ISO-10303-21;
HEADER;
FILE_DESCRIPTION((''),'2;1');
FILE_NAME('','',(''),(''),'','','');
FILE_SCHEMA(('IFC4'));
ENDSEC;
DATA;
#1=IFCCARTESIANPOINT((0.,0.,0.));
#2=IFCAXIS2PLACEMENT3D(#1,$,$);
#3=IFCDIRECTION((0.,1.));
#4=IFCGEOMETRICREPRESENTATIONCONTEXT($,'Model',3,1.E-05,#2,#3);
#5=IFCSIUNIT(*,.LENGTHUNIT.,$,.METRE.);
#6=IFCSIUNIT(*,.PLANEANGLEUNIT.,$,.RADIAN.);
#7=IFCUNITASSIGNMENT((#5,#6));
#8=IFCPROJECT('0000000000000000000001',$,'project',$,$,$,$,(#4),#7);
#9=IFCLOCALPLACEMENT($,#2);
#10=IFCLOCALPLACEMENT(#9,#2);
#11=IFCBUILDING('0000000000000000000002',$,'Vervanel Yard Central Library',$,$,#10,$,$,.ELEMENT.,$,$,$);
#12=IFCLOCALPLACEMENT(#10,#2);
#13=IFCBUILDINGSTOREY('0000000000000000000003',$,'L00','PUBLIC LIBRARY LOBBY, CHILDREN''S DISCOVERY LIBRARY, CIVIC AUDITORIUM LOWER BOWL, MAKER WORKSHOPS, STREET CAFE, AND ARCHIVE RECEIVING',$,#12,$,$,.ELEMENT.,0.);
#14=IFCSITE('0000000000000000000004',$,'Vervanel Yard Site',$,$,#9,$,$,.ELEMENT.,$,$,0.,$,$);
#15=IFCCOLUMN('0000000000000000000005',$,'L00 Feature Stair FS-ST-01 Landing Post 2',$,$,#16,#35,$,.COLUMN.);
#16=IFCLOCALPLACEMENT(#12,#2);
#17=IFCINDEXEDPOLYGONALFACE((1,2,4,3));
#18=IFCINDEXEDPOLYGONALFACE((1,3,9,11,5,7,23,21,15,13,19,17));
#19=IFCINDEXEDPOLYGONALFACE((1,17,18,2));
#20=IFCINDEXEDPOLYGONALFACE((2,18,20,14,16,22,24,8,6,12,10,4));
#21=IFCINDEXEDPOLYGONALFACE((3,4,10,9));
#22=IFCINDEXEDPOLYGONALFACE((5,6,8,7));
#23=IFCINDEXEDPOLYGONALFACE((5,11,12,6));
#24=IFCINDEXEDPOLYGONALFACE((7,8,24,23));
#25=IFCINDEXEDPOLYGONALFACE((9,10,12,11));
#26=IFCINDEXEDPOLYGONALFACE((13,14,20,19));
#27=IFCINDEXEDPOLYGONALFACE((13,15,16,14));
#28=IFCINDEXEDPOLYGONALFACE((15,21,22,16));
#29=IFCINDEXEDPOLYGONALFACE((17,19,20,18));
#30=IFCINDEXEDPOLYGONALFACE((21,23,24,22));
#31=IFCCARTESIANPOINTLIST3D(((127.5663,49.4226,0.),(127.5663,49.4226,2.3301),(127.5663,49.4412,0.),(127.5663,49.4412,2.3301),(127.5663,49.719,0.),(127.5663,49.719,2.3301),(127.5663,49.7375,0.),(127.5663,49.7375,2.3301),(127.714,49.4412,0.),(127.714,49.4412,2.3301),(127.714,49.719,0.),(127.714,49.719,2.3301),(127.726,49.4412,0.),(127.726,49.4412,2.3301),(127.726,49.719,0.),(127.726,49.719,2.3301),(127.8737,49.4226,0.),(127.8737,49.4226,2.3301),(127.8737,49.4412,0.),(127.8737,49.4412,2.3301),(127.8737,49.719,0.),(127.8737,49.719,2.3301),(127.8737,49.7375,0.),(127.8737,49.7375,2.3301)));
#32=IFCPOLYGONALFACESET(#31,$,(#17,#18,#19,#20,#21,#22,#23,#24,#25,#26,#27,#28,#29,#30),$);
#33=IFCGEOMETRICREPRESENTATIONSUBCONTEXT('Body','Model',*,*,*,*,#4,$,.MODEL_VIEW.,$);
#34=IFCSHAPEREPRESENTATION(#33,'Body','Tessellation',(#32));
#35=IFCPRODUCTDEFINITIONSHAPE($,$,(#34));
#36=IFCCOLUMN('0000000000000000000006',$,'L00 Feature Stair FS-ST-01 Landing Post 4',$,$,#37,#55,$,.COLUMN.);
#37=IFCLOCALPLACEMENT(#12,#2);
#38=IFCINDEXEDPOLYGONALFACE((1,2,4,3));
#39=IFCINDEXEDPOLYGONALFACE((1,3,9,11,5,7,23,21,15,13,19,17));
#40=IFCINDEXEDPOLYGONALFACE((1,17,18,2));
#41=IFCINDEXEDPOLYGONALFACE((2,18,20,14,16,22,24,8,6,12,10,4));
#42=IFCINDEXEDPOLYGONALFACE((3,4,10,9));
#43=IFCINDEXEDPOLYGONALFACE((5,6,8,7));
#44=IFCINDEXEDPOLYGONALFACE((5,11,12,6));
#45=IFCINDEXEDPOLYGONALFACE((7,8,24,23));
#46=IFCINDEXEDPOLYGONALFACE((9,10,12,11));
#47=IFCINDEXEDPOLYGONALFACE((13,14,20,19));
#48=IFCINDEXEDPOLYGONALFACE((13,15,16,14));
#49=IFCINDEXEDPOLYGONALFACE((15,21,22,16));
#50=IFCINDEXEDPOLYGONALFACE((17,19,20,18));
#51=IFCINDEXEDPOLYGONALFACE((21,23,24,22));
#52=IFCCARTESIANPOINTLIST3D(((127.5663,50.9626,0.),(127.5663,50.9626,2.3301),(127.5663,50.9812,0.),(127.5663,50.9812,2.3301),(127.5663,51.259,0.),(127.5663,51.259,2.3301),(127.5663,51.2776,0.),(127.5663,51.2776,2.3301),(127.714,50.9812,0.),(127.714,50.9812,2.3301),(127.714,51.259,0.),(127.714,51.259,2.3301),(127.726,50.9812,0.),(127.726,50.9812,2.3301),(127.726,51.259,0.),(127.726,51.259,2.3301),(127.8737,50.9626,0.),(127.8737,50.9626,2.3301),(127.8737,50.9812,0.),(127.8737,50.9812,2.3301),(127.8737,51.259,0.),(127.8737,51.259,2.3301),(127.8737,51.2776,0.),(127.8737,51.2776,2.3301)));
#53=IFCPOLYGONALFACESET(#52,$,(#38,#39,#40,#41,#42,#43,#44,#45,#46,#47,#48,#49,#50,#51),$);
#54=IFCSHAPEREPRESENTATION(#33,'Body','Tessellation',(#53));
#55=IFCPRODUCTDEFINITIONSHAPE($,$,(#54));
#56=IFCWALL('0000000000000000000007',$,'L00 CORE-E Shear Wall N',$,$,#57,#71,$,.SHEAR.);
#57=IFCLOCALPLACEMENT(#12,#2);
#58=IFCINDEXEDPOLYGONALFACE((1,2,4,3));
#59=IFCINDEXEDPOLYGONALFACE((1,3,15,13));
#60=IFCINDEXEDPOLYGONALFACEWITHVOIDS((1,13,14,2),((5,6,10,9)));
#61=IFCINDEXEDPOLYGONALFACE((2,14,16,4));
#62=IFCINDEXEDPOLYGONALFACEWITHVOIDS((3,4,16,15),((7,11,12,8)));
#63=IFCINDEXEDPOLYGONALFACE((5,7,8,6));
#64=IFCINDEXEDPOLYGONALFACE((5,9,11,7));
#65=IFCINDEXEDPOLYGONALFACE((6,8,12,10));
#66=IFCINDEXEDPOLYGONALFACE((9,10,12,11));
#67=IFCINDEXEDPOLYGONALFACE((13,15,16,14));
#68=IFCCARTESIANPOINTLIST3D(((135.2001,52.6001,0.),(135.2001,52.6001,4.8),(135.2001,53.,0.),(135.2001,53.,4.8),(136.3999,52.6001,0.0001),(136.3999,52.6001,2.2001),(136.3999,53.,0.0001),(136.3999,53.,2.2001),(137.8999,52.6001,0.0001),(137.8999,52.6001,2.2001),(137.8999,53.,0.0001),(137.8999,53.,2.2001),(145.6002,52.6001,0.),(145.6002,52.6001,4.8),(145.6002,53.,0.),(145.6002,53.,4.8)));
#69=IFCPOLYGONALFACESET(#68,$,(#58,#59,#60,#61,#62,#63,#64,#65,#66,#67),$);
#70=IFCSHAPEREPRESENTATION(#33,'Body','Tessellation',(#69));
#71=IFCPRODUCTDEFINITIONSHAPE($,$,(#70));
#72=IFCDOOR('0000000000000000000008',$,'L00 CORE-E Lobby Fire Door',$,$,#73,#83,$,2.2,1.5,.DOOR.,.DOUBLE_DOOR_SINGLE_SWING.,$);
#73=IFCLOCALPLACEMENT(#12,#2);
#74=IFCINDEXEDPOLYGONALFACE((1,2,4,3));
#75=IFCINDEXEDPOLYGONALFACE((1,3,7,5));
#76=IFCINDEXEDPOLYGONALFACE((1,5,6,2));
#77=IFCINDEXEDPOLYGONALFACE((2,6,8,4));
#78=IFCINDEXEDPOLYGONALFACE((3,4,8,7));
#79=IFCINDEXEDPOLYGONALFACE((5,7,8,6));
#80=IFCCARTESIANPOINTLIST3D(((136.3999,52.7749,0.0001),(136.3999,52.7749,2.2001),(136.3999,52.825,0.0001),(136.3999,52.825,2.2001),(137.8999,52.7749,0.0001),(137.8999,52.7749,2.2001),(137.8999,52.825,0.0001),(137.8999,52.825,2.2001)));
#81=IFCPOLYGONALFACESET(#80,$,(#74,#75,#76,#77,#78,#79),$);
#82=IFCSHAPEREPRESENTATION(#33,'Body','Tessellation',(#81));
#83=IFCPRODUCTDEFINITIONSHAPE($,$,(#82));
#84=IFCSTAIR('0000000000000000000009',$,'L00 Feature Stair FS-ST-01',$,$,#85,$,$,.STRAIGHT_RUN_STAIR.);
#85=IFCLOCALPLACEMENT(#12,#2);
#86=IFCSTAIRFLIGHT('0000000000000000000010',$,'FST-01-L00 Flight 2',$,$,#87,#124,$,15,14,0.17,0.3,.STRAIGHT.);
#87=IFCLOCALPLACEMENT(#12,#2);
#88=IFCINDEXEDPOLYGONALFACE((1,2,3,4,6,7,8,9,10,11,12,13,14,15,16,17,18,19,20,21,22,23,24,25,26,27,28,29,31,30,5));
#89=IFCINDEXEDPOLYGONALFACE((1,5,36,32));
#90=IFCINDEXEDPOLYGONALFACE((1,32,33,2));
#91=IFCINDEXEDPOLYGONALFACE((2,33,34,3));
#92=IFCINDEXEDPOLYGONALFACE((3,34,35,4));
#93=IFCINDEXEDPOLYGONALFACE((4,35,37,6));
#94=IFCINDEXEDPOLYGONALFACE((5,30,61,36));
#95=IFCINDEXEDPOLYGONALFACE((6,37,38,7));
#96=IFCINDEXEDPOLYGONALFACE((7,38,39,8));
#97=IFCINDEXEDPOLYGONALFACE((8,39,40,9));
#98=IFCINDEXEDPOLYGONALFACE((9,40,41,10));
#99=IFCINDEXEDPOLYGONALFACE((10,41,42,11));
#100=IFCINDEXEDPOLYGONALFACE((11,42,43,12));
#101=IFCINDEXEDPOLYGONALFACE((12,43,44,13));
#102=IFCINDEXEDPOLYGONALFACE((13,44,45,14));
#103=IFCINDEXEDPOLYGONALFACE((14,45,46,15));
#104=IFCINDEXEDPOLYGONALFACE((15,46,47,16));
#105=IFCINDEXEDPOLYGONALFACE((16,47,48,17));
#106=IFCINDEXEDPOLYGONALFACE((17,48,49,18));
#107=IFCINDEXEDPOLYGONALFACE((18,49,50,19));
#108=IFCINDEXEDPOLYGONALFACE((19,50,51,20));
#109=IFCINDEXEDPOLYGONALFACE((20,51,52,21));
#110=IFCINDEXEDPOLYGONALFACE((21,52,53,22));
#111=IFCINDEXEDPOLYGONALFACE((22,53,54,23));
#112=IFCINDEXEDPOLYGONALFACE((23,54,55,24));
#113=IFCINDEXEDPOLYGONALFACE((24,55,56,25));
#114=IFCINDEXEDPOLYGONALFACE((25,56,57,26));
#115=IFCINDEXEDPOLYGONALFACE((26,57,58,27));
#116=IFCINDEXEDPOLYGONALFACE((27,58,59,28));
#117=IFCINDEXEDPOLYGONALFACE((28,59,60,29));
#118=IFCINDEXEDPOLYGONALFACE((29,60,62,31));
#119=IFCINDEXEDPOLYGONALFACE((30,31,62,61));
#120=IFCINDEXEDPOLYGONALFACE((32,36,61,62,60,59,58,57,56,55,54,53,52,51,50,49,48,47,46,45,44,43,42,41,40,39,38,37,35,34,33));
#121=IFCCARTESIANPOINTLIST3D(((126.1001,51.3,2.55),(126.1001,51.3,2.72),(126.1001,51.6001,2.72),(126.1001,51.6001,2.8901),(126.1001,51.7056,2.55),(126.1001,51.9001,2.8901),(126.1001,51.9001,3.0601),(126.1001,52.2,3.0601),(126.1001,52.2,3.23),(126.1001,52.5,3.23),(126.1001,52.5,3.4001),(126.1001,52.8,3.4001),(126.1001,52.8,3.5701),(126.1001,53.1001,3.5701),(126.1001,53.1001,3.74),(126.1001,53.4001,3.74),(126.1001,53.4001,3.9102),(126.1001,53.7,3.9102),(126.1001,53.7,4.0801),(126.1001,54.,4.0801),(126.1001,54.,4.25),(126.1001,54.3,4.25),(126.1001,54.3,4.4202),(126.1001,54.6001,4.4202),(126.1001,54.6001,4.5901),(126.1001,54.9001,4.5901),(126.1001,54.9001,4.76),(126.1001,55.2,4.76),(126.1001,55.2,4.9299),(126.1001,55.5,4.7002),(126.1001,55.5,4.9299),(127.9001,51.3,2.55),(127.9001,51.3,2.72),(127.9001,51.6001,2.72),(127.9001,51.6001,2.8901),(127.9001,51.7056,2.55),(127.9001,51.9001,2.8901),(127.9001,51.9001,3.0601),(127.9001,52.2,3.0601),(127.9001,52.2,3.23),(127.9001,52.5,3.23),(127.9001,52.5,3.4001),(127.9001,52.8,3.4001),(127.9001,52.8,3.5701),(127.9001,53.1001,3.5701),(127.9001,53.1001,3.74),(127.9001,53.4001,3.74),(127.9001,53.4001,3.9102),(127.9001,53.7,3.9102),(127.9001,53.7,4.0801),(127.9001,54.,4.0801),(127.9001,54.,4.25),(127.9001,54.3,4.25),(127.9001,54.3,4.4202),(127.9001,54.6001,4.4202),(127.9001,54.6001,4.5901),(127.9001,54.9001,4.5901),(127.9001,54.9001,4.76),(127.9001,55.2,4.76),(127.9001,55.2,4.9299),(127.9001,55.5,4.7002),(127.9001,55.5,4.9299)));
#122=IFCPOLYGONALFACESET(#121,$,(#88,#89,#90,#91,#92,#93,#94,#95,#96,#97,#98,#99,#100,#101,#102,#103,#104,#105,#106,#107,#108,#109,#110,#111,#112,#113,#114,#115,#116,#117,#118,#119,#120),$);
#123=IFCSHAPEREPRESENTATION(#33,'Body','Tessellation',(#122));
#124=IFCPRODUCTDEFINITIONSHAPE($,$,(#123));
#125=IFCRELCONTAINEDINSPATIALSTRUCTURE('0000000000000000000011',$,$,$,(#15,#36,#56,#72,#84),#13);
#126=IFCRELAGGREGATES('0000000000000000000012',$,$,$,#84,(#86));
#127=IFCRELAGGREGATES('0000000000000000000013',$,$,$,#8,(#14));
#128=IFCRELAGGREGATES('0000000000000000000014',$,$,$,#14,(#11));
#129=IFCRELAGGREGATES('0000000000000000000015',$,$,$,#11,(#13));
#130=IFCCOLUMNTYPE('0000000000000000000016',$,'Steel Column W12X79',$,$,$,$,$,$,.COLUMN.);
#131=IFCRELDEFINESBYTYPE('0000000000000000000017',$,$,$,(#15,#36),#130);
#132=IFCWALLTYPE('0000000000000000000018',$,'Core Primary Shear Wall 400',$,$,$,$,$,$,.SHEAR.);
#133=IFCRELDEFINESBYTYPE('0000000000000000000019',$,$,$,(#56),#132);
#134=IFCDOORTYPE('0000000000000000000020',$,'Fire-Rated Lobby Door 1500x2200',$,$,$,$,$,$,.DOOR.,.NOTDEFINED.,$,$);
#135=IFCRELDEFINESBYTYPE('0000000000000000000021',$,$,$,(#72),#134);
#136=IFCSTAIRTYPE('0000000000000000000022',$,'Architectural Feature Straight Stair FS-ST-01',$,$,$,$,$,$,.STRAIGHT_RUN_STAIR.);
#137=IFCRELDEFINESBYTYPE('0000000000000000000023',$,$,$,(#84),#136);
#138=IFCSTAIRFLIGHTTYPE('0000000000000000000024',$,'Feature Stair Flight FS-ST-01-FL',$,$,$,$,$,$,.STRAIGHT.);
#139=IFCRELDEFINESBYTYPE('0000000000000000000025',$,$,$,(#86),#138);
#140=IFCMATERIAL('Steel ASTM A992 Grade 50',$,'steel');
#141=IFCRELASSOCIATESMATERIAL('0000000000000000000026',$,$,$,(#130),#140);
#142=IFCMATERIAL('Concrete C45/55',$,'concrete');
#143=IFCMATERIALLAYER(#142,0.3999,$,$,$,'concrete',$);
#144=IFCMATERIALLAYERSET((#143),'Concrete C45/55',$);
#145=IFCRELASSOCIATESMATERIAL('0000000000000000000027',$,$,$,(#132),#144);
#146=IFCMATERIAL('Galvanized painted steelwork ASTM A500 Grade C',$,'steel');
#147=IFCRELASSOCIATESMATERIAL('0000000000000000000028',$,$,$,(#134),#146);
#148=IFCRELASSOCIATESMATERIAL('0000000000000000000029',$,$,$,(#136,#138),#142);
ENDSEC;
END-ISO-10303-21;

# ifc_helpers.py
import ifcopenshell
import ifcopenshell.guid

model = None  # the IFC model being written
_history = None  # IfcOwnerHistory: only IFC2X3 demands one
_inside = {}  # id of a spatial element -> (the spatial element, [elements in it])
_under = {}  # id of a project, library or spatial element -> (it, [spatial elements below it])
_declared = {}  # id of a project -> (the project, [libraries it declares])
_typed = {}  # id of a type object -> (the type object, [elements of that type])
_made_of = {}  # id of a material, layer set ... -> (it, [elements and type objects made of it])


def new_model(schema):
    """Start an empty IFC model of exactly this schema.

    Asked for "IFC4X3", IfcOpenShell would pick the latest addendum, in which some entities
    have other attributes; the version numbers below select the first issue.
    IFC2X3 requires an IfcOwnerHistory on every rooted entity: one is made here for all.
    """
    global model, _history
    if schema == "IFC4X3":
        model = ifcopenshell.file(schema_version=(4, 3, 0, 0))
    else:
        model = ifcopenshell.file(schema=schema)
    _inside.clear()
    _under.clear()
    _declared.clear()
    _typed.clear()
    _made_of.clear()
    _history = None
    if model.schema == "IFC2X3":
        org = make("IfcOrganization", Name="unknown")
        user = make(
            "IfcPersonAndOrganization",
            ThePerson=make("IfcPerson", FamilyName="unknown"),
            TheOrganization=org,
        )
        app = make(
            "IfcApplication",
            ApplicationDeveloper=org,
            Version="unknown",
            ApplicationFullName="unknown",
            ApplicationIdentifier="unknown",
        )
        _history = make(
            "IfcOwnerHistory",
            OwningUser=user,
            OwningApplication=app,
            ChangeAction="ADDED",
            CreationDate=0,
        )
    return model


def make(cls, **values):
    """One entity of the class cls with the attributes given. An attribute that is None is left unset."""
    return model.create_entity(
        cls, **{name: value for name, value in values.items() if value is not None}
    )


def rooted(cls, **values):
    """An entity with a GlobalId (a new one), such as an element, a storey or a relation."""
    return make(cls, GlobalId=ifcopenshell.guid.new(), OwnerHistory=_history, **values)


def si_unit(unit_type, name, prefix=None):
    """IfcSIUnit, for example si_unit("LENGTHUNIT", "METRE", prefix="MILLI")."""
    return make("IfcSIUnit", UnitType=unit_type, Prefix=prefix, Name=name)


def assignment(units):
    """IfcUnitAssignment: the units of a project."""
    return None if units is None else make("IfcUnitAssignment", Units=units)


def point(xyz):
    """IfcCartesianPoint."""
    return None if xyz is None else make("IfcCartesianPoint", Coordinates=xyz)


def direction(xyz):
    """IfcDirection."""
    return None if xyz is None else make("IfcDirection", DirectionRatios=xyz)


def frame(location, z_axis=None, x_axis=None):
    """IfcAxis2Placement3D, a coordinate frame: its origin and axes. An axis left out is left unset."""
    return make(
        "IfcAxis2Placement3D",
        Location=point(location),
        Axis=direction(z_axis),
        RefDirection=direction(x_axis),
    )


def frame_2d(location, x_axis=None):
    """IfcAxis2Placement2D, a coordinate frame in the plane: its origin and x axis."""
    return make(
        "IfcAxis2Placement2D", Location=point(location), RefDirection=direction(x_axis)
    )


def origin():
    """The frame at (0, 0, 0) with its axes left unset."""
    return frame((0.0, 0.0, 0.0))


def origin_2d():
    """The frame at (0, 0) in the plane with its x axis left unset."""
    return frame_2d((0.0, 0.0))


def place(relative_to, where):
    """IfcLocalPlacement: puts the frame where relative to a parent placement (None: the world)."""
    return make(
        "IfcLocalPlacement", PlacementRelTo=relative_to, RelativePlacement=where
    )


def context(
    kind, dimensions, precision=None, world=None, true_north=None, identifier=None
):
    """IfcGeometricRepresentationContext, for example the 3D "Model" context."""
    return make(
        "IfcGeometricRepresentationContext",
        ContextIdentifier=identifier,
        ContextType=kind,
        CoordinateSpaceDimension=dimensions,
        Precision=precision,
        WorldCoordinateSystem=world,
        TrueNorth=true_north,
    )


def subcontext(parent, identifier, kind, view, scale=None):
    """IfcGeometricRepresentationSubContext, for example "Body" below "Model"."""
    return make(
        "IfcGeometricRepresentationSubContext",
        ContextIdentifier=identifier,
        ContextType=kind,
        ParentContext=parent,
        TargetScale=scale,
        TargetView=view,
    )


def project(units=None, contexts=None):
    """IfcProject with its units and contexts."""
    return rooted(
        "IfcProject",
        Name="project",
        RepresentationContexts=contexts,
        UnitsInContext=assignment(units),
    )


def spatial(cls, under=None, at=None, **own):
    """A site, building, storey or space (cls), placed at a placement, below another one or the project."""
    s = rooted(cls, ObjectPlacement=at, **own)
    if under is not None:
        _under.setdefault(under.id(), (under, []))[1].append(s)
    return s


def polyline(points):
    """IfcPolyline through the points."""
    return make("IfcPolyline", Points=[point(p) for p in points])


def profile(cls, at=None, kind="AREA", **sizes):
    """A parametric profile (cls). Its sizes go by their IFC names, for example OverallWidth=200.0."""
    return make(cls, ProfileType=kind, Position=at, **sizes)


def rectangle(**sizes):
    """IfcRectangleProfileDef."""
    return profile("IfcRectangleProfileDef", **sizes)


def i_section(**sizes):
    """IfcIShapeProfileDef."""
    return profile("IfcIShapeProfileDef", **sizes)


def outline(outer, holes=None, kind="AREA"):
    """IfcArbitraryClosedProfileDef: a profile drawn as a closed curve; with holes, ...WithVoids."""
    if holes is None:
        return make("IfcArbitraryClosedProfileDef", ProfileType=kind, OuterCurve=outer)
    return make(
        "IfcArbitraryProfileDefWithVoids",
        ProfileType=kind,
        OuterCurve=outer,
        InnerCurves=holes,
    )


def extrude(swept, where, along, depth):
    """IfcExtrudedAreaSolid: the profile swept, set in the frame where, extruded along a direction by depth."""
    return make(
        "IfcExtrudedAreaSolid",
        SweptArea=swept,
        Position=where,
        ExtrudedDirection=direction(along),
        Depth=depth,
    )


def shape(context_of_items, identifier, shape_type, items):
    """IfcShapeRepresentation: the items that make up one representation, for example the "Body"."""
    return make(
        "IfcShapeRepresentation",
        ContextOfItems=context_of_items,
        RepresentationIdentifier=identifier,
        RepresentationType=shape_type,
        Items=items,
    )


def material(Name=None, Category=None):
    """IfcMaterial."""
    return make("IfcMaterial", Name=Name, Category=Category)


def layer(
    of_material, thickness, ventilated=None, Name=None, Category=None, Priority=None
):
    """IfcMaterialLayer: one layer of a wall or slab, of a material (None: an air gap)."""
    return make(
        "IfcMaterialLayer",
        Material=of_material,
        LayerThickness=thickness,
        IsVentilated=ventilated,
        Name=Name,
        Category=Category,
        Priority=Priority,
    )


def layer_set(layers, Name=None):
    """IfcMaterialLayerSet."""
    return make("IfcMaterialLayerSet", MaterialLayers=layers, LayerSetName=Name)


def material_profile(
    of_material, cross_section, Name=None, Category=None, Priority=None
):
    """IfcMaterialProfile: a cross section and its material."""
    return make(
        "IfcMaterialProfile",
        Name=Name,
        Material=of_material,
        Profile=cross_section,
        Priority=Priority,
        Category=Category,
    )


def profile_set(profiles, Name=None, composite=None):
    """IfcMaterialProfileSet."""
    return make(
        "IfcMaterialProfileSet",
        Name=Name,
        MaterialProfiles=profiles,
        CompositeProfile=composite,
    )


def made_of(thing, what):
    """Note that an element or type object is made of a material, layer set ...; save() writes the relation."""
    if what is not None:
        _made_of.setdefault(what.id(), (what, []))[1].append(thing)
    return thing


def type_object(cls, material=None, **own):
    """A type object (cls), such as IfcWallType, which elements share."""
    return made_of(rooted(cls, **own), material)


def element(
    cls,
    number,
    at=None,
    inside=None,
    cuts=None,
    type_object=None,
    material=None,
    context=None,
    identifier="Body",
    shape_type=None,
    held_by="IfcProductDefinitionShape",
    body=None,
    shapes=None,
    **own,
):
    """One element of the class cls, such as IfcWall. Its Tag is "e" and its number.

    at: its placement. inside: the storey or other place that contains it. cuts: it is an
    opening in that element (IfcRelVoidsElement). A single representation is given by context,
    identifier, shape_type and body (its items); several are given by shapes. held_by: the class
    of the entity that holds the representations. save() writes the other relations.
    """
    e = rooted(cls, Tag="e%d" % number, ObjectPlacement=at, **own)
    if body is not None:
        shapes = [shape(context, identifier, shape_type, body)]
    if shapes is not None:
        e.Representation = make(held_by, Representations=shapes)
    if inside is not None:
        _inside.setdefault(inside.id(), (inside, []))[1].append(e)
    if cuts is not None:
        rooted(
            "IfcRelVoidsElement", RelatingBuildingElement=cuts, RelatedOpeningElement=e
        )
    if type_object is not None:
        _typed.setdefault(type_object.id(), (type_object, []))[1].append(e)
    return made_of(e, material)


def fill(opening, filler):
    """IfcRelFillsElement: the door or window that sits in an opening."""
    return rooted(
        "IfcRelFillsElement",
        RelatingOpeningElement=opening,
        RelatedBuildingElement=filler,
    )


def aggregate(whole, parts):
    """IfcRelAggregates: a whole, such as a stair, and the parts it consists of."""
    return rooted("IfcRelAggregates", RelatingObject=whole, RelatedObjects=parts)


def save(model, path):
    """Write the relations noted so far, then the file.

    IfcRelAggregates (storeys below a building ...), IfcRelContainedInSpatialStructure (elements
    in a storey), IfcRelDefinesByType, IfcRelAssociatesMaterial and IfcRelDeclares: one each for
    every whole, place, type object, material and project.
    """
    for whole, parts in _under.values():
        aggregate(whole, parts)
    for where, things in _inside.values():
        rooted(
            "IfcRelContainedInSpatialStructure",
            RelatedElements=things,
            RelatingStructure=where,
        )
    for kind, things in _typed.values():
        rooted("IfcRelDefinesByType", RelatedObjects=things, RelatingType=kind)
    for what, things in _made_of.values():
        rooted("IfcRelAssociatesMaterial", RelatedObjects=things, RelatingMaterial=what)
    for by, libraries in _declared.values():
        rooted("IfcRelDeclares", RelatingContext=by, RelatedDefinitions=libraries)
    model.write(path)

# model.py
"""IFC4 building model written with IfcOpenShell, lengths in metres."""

from ifc_helpers import new_model, si_unit, direction, frame, frame_2d, origin, origin_2d, place, context, subcontext, project, spatial, polyline, rectangle, i_section, outline, extrude, material, layer, layer_set, material_profile, profile_set, type_object, element, fill, aggregate, save


model = new_model("IFC4")

# Units and contexts
model_context = context("Model", 3, precision=1e-05, world=origin(), true_north=direction((0.0, 1.0)))
body_context = subcontext(model_context, "Body", "Model", "MODEL_VIEW")
ifc_project = project(units=[si_unit("LENGTHUNIT", "METRE"), si_unit("PLANEANGLEUNIT", "RADIAN")], contexts=[model_context])

# Site, building, storey
site_placement = place(None, origin())
site = spatial("IfcSite", under=ifc_project, at=site_placement, Name="Vervanel Yard Site", CompositionType="ELEMENT", RefElevation=0.0)
building_placement = place(site_placement, origin())
building = spatial("IfcBuilding", under=site, at=building_placement, Name="Vervanel Yard Central Library", CompositionType="ELEMENT")
storey_placement = place(building_placement, origin())
storey = spatial("IfcBuildingStorey", under=building, at=storey_placement, Name="L00", Description="PUBLIC LIBRARY LOBBY, CHILDREN'S DISCOVERY LIBRARY, CIVIC AUDITORIUM LOWER BOWL, MAKER WORKSHOPS, STREET CAFE, AND ARCHIVE RECEIVING", CompositionType="ELEMENT", Elevation=0.0)

# Columns
ifc_material_1 = material(Name="Concrete C45/55", Category="concrete")
ifc_material_2 = material(Name="Steel ASTM A992 Grade 50", Category="steel")
ifc_material_profile_1 = material_profile(ifc_material_2, i_section(OverallWidth=0.3074, OverallDepth=0.3149, WebThickness=0.012, FlangeThickness=0.0186, at=origin_2d()), Name="W12X79", Category="steel")
ifc_profile_set_1 = profile_set([ifc_material_profile_1], Name="Steel ASTM A992 Grade 50")
column_type_1 = type_object("IfcColumnType", Name="Steel Column W12X79", PredefinedType="COLUMN", material=ifc_profile_set_1)
for number, where, z_axis, x_axis, name in (
    (1, (127.72, 49.5801, 0.0), (0.0, 0.0, 1.0), (1.0, 0.0, 0.0), "L00 Feature Stair FS-ST-01 Landing Post 2"),
    (2, (127.72, 51.1201, 0.0), (0.0, 0.0, 1.0), (1.0, 0.0, 0.0), "L00 Feature Stair FS-ST-01 Landing Post 4"),
):
    element("IfcColumn", number, at=place(storey_placement, frame(where, z_axis=z_axis, x_axis=x_axis)), inside=storey, type_object=column_type_1, Name=name, PredefinedType="COLUMN", context=body_context, shape_type="SweptSolid", body=[
        extrude(i_section(OverallWidth=0.3074, OverallDepth=0.3149, WebThickness=0.012, FlangeThickness=0.0186, at=origin_2d()), origin(), (0.0, 0.0, 1.0), 2.3301),
    ])

# Wall, opening, door
ifc_layer_1 = layer(ifc_material_1, 0.3999, Category="concrete")
ifc_layer_set_1 = layer_set([ifc_layer_1], Name="Concrete C45/55")
wall_type_1 = type_object("IfcWallType", Name="Core Primary Shear Wall 400", PredefinedType="SHEAR", material=ifc_layer_set_1)
wall_1_placement = place(storey_placement, frame((135.2, 52.8, 0.0), z_axis=(0.0, 0.0, 1.0), x_axis=(1.0, 0.0, 0.0)))
wall_1 = element("IfcWall", 3, at=wall_1_placement, inside=storey, type_object=wall_type_1, Name="L00 CORE-E Shear Wall N", PredefinedType="SHEAR", context=body_context, shape_type="SweptSolid", body=[
    extrude(rectangle(XDim=10.4001, YDim=0.3999, at=frame_2d((5.2002, 0.0))), origin(), (0.0, 0.0, 1.0), 4.8),
])
opening_1_placement = place(wall_1_placement, frame((1.2, 0.0, 0.0)))
opening_1 = element("IfcOpeningElement", 4, at=opening_1_placement, cuts=wall_1, PredefinedType="OPENING", context=body_context, shape_type="SweptSolid", body=[
    extrude(rectangle(XDim=1.5, YDim=2.2, at=frame_2d((0.75, 1.1001))), frame((0.0, 0.21, 0.0), z_axis=(0.0, -1.0, 0.0), x_axis=(1.0, 0.0, 0.0)), (0.0, 0.0, 1.0), 0.4199),
])
ifc_material_3 = material(Name="Galvanized painted steelwork ASTM A500 Grade C", Category="steel")
door_type_1 = type_object("IfcDoorType", Name="Fire-Rated Lobby Door 1500x2200", OperationType="NOTDEFINED", PredefinedType="DOOR", material=ifc_material_3)
door_1_placement = place(opening_1_placement, origin())
door_1 = element("IfcDoor", 5, at=door_1_placement, inside=storey, type_object=door_type_1, Name="L00 CORE-E Lobby Fire Door", OperationType="DOUBLE_DOOR_SINGLE_SWING", OverallHeight=2.2, OverallWidth=1.5, PredefinedType="DOOR", context=body_context, shape_type="SweptSolid", body=[
    extrude(rectangle(XDim=1.5, YDim=2.2, at=frame_2d((0.75, 1.1001))), frame((0.0, 0.0249, 0.0), z_axis=(0.0, -1.0, 0.0), x_axis=(1.0, 0.0, 0.0)), (0.0, 0.0, 1.0), 0.05),
])
fill(opening_1, door_1)

# Stair, stair flight
stair_type = type_object("IfcStairType", Name="Architectural Feature Straight Stair FS-ST-01", PredefinedType="STRAIGHT_RUN_STAIR", material=ifc_material_1)
stair_placement = place(storey_placement, origin())
stair = element("IfcStair", 6, at=stair_placement, inside=storey, type_object=stair_type, Name="L00 Feature Stair FS-ST-01", PredefinedType="STRAIGHT_RUN_STAIR")
stair_flight_type = type_object("IfcStairFlightType", Name="Feature Stair Flight FS-ST-01-FL", PredefinedType="STRAIGHT", material=ifc_material_1)
stair_flight_placement = place(storey_placement, frame((127.0, 51.3, 2.55), z_axis=(0.0, 0.0, 1.0), x_axis=(0.0, 1.0, 0.0)))
stair_flight = element("IfcStairFlight", 7, at=stair_flight_placement, type_object=stair_flight_type, Name="FST-01-L00 Flight 2", NumberOfRisers=15, NumberOfTreads=14, PredefinedType="STRAIGHT", RiserHeight=0.17, TreadLength=0.3, context=body_context, shape_type="SweptSolid", body=[
    extrude(outline(polyline([(0.0, 0.0), (0.0, 0.1699), (0.3, 0.1699), (0.3, 0.3401), (0.6001, 0.3401), (0.6001, 0.51), (0.8999, 0.51), (0.8999, 0.6799), (1.2, 0.6799), (1.2, 0.8501), (1.5, 0.8501), (1.5, 1.02), (1.8, 1.02), (1.8, 1.1899), (2.1001, 1.1899), (2.1001, 1.3601), (2.3999, 1.3601), (2.3999, 1.53), (2.7, 1.53), (2.7, 1.7), (3.0, 1.7), (3.0, 1.8701), (3.3, 1.8701), (3.3, 2.04), (3.6001, 2.04), (3.6001, 2.21), (3.8999, 2.21), (3.8999, 2.3799), (4.2, 2.3799), (4.2, 2.55), (4.2, 2.1501), (0.4055, 0.0), (0.0, 0.0)])), frame((0.0, 0.8999, 0.0), z_axis=(0.0, -1.0, 0.0), x_axis=(1.0, 0.0, 0.0)), (0.0, 0.0, 1.0), 1.8),
])
aggregate(stair, [stair_flight])

save(model, "model.ifc")
